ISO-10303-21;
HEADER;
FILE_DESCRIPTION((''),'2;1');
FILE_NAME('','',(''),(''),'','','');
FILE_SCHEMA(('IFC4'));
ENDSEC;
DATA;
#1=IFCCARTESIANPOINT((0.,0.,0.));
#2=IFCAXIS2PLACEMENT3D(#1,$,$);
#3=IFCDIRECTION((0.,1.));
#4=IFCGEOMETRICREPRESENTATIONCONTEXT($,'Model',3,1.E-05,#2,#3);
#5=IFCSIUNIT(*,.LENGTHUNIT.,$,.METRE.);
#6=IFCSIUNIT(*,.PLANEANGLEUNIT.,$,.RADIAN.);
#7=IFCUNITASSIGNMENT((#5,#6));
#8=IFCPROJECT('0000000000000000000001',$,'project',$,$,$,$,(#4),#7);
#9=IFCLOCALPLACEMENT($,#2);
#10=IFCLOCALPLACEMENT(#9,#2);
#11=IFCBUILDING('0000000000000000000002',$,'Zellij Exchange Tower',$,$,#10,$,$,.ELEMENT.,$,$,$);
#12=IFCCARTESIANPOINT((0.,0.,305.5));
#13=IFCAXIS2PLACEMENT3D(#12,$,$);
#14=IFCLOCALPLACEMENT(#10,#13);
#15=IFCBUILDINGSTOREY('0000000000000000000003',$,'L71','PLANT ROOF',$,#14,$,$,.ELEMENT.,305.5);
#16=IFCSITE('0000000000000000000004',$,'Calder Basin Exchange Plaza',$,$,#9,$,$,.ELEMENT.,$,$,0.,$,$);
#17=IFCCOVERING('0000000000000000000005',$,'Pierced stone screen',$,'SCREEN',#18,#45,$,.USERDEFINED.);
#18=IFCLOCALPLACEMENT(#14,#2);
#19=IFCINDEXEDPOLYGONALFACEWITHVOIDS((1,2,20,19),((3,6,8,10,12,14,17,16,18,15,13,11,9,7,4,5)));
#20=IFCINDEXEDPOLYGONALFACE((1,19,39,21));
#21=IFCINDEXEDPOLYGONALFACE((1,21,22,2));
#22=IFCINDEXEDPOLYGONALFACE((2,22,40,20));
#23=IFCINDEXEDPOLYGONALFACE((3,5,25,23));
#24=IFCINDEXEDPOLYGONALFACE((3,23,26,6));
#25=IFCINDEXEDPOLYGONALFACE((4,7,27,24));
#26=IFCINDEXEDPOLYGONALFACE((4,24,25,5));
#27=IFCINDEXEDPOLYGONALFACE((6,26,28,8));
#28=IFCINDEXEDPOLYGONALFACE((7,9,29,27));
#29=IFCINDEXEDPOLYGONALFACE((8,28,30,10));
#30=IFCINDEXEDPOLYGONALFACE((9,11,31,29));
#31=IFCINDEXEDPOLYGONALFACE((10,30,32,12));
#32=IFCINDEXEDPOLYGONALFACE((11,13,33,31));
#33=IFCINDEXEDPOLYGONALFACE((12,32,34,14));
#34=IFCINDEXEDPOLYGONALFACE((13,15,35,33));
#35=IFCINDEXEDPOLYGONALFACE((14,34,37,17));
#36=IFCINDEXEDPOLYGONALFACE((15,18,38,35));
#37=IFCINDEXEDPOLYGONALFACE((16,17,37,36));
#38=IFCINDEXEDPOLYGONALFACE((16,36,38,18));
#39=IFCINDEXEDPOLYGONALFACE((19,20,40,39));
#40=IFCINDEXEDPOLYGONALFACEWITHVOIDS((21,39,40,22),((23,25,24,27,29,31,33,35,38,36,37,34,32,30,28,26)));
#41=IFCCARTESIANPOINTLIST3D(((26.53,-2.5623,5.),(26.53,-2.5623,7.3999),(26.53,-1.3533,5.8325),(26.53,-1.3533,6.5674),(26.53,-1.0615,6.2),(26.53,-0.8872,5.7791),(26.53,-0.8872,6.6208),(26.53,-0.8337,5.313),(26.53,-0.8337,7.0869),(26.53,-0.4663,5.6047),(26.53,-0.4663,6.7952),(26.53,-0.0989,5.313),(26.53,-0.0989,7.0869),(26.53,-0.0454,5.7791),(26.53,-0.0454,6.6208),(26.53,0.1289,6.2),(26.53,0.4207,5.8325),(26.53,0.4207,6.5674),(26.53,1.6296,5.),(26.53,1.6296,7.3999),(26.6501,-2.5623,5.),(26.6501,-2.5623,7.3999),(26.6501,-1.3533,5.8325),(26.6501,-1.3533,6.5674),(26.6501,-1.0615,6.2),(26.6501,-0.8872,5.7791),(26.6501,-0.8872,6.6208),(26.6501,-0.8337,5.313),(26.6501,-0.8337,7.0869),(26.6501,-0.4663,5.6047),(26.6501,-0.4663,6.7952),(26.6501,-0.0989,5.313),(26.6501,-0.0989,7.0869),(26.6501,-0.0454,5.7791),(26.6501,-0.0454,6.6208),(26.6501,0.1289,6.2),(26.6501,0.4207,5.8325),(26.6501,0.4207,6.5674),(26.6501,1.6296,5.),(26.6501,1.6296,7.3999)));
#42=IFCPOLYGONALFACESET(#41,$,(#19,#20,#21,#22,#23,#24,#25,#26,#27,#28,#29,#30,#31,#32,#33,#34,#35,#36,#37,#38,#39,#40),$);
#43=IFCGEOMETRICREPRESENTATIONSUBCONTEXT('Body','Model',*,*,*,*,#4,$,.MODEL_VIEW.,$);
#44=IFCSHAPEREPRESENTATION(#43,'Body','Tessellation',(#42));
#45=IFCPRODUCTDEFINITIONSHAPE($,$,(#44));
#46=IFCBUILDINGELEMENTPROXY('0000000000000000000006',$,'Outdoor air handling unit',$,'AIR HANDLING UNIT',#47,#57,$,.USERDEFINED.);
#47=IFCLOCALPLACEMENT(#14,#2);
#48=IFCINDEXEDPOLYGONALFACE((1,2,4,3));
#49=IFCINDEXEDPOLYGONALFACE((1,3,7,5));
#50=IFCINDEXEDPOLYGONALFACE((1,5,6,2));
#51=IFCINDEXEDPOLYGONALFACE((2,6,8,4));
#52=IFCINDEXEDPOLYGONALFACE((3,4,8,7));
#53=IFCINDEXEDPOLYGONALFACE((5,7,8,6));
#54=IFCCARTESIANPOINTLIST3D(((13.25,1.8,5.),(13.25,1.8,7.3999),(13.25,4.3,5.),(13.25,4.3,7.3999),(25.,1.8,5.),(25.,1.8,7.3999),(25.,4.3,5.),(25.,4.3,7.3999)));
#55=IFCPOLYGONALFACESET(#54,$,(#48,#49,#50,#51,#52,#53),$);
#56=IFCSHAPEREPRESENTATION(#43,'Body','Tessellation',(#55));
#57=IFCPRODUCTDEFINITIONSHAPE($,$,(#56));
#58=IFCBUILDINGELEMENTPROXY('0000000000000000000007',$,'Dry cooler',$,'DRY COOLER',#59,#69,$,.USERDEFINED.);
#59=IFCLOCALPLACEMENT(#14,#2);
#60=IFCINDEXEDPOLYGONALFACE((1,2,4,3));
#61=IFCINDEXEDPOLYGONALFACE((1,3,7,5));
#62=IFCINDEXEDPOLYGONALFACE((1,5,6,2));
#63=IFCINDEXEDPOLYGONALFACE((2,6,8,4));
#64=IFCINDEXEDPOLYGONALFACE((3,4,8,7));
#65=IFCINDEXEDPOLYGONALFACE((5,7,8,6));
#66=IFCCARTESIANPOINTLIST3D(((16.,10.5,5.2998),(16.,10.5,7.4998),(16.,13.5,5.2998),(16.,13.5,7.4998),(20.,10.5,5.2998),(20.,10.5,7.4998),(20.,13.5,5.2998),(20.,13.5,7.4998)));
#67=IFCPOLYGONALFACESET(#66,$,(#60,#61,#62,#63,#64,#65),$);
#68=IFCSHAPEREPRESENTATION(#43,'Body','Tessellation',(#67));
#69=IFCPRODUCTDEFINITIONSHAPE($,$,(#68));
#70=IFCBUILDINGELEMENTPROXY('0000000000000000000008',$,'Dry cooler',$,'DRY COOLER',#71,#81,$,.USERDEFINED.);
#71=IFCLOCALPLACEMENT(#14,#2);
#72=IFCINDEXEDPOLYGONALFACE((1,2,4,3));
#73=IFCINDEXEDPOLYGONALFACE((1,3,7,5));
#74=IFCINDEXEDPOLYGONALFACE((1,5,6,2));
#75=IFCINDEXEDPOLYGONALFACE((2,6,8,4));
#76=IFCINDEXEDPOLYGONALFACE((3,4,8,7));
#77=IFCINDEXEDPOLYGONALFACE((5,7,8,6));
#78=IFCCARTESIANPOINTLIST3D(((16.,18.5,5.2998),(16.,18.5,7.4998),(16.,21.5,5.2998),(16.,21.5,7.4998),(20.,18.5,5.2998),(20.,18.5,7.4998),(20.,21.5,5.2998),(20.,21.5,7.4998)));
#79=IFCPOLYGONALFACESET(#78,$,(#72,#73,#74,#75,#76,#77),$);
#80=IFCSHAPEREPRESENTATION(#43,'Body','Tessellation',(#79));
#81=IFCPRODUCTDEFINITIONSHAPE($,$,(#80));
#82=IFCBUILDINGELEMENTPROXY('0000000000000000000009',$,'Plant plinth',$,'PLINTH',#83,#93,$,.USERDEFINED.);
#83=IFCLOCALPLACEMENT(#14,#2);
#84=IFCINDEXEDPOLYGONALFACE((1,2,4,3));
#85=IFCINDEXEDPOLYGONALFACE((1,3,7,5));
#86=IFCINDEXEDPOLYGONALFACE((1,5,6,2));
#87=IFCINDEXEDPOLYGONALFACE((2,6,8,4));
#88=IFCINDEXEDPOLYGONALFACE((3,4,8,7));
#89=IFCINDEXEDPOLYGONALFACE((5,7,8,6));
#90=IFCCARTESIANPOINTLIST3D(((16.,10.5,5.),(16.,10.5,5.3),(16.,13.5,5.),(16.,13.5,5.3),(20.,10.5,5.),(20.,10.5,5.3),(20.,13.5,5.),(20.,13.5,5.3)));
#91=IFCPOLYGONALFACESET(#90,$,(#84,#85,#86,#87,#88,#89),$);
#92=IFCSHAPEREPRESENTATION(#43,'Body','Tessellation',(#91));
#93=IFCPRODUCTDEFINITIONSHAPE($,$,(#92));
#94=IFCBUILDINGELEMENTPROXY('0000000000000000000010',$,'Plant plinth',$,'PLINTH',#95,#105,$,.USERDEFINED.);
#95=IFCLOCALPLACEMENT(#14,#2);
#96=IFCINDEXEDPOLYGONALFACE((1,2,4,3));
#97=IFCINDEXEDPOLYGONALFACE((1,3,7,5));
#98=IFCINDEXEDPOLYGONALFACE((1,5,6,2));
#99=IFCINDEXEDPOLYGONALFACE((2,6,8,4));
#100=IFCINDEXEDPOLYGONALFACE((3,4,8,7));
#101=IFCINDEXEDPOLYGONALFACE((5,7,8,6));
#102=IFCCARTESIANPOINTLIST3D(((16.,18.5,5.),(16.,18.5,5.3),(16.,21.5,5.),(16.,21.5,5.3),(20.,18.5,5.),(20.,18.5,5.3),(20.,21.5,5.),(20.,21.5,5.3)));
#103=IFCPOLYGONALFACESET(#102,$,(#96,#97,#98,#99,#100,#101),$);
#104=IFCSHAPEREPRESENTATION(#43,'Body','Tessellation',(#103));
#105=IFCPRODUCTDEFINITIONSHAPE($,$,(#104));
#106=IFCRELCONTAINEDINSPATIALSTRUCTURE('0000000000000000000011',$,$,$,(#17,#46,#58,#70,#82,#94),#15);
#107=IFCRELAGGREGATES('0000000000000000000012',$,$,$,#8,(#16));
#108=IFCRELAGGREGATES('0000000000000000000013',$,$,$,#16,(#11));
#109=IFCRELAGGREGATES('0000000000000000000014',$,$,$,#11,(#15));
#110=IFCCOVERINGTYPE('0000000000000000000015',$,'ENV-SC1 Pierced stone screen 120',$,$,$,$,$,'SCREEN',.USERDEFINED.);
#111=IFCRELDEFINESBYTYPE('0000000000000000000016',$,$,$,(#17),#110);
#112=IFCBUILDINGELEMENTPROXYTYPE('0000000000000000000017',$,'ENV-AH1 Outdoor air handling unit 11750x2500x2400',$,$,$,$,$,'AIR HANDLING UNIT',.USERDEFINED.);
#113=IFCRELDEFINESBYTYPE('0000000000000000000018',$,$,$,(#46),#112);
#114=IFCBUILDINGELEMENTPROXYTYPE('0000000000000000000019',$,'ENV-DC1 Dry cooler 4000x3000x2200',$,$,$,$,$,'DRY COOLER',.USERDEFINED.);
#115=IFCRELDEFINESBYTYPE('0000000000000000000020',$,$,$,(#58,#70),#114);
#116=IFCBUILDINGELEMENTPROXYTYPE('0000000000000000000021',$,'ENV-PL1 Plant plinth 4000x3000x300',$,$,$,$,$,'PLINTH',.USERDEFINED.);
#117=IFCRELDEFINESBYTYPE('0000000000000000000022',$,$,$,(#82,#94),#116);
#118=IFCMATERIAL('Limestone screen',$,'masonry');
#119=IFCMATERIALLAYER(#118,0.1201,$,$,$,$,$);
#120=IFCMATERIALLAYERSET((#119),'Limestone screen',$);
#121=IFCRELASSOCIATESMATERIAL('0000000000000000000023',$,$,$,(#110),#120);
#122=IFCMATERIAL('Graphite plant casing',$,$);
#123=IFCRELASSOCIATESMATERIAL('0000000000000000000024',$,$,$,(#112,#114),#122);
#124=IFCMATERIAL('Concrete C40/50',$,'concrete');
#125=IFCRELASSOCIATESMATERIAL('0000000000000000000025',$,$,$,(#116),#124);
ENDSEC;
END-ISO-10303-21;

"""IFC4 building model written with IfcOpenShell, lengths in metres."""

from ifc_helpers import new_model, si_unit, direction, frame, origin, origin_2d, place, context, subcontext, project, spatial, polyline, rectangle, outline, extrude, material, layer, layer_set, type_object, element, save


model = new_model("IFC4")

# Units and contexts
model_context = context("Model", 3, precision=1e-05, world=origin(), true_north=direction((0.0, 1.0)))
body_context = subcontext(model_context, "Body", "Model", "MODEL_VIEW")
ifc_project = project(units=[si_unit("LENGTHUNIT", "METRE"), si_unit("PLANEANGLEUNIT", "RADIAN")], contexts=[model_context])

# Site, building, storey
site_placement = place(None, origin())
site = spatial("IfcSite", under=ifc_project, at=site_placement, Name="Calder Basin Exchange Plaza", CompositionType="ELEMENT", RefElevation=0.0)
building_placement = place(site_placement, origin())
building = spatial("IfcBuilding", under=site, at=building_placement, Name="Zellij Exchange Tower", CompositionType="ELEMENT")
storey_placement = place(building_placement, frame((0.0, 0.0, 305.5)))
storey = spatial("IfcBuildingStorey", under=building, at=storey_placement, Name="L71", Description="PLANT ROOF", CompositionType="ELEMENT", Elevation=305.5)

# Covering
ifc_material_1 = material(Name="Limestone screen", Category="masonry")
ifc_layer_1 = layer(ifc_material_1, 0.1201)
ifc_layer_set_1 = layer_set([ifc_layer_1], Name="Limestone screen")
covering_type = type_object("IfcCoveringType", Name="ENV-SC1 Pierced stone screen 120", ElementType="SCREEN", PredefinedType="USERDEFINED", material=ifc_layer_set_1)
for number, where, z_axis, x_axis, name in (
    (1, (26.5901, 1.6296, 5.0), (0.0, 0.0, 1.0), (0.0, -1.0, 0.0), "Pierced stone screen"),
):
    element("IfcCovering", number, at=place(storey_placement, frame(where, z_axis=z_axis, x_axis=x_axis)), inside=storey, type_object=covering_type, Name=name, ObjectType="SCREEN", PredefinedType="USERDEFINED", context=body_context, shape_type="SweptSolid", body=[
        extrude(outline(polyline([(0.0, 0.0), (4.1919, 0.0), (4.1919, 2.3999), (0.0, 2.3999), (0.0, 0.0)]), holes=[polyline([(2.9829, 1.5674), (2.5168, 1.6208), (2.4634, 2.0869), (2.0959, 1.7952), (1.7285, 2.0869), (1.675, 1.6208), (1.209, 1.5674), (1.5007, 1.2), (1.209, 0.8325), (1.675, 0.7791), (1.7285, 0.313), (2.0959, 0.6047), (2.4634, 0.313), (2.5168, 0.7791), (2.9829, 0.8325), (2.6912, 1.2), (2.9829, 1.5674)])]), frame((0.0, 0.0601, 0.0), z_axis=(0.0, -1.0, 0.0), x_axis=(1.0, 0.0, 0.0)), (0.0, 0.0, 1.0), 0.1201),
    ])

# Building element proxies
ifc_material_2 = material(Name="Graphite plant casing")
building_element_proxy_type_1 = type_object("IfcBuildingElementProxyType", Name="ENV-AH1 Outdoor air handling unit 11750x2500x2400", ElementType="AIR HANDLING UNIT", PredefinedType="USERDEFINED", material=ifc_material_2)
proxy_placement = place(storey_placement, frame((19.125, 3.05, 5.0), z_axis=(0.0, 0.0, 1.0), x_axis=(1.0, 0.0, 0.0)))
element("IfcBuildingElementProxy", 2, at=proxy_placement, inside=storey, type_object=building_element_proxy_type_1, Name="Outdoor air handling unit", ObjectType="AIR HANDLING UNIT", PredefinedType="USERDEFINED", context=body_context, shape_type="SweptSolid", body=[
    extrude(rectangle(XDim=11.75, YDim=2.5, at=origin_2d()), origin(), (0.0, 0.0, 1.0), 2.3999),
])
building_element_proxy_type_2 = type_object("IfcBuildingElementProxyType", Name="ENV-DC1 Dry cooler 4000x3000x2200", ElementType="DRY COOLER", PredefinedType="USERDEFINED", material=ifc_material_2)
for number, where, z_axis, x_axis, name in (
    (3, (18.0, 12.0, 5.2998), (0.0, 0.0, 1.0), (1.0, 0.0, 0.0), "Dry cooler"),
    (4, (18.0, 20.0, 5.2998), (0.0, 0.0, 1.0), (1.0, 0.0, 0.0), "Dry cooler"),
):
    element("IfcBuildingElementProxy", number, at=place(storey_placement, frame(where, z_axis=z_axis, x_axis=x_axis)), inside=storey, type_object=building_element_proxy_type_2, Name=name, ObjectType="DRY COOLER", PredefinedType="USERDEFINED", context=body_context, shape_type="SweptSolid", body=[
        extrude(rectangle(XDim=4.0, YDim=3.0, at=origin_2d()), origin(), (0.0, 0.0, 1.0), 2.2),
    ])
ifc_material_3 = material(Name="Concrete C40/50", Category="concrete")
building_element_proxy_type_3 = type_object("IfcBuildingElementProxyType", Name="ENV-PL1 Plant plinth 4000x3000x300", ElementType="PLINTH", PredefinedType="USERDEFINED", material=ifc_material_3)
for number, where, z_axis, x_axis, name in (
    (5, (18.0, 12.0, 5.0), (0.0, 0.0, 1.0), (1.0, 0.0, 0.0), "Plant plinth"),
    (6, (18.0, 20.0, 5.0), (0.0, 0.0, 1.0), (1.0, 0.0, 0.0), "Plant plinth"),
):
    element("IfcBuildingElementProxy", number, at=place(storey_placement, frame(where, z_axis=z_axis, x_axis=x_axis)), inside=storey, type_object=building_element_proxy_type_3, Name=name, ObjectType="PLINTH", PredefinedType="USERDEFINED", context=body_context, shape_type="SweptSolid", body=[
        extrude(rectangle(XDim=4.0, YDim=3.0, at=origin_2d()), origin(), (0.0, 0.0, 1.0), 0.3),
    ])

save(model, "model.ifc")
